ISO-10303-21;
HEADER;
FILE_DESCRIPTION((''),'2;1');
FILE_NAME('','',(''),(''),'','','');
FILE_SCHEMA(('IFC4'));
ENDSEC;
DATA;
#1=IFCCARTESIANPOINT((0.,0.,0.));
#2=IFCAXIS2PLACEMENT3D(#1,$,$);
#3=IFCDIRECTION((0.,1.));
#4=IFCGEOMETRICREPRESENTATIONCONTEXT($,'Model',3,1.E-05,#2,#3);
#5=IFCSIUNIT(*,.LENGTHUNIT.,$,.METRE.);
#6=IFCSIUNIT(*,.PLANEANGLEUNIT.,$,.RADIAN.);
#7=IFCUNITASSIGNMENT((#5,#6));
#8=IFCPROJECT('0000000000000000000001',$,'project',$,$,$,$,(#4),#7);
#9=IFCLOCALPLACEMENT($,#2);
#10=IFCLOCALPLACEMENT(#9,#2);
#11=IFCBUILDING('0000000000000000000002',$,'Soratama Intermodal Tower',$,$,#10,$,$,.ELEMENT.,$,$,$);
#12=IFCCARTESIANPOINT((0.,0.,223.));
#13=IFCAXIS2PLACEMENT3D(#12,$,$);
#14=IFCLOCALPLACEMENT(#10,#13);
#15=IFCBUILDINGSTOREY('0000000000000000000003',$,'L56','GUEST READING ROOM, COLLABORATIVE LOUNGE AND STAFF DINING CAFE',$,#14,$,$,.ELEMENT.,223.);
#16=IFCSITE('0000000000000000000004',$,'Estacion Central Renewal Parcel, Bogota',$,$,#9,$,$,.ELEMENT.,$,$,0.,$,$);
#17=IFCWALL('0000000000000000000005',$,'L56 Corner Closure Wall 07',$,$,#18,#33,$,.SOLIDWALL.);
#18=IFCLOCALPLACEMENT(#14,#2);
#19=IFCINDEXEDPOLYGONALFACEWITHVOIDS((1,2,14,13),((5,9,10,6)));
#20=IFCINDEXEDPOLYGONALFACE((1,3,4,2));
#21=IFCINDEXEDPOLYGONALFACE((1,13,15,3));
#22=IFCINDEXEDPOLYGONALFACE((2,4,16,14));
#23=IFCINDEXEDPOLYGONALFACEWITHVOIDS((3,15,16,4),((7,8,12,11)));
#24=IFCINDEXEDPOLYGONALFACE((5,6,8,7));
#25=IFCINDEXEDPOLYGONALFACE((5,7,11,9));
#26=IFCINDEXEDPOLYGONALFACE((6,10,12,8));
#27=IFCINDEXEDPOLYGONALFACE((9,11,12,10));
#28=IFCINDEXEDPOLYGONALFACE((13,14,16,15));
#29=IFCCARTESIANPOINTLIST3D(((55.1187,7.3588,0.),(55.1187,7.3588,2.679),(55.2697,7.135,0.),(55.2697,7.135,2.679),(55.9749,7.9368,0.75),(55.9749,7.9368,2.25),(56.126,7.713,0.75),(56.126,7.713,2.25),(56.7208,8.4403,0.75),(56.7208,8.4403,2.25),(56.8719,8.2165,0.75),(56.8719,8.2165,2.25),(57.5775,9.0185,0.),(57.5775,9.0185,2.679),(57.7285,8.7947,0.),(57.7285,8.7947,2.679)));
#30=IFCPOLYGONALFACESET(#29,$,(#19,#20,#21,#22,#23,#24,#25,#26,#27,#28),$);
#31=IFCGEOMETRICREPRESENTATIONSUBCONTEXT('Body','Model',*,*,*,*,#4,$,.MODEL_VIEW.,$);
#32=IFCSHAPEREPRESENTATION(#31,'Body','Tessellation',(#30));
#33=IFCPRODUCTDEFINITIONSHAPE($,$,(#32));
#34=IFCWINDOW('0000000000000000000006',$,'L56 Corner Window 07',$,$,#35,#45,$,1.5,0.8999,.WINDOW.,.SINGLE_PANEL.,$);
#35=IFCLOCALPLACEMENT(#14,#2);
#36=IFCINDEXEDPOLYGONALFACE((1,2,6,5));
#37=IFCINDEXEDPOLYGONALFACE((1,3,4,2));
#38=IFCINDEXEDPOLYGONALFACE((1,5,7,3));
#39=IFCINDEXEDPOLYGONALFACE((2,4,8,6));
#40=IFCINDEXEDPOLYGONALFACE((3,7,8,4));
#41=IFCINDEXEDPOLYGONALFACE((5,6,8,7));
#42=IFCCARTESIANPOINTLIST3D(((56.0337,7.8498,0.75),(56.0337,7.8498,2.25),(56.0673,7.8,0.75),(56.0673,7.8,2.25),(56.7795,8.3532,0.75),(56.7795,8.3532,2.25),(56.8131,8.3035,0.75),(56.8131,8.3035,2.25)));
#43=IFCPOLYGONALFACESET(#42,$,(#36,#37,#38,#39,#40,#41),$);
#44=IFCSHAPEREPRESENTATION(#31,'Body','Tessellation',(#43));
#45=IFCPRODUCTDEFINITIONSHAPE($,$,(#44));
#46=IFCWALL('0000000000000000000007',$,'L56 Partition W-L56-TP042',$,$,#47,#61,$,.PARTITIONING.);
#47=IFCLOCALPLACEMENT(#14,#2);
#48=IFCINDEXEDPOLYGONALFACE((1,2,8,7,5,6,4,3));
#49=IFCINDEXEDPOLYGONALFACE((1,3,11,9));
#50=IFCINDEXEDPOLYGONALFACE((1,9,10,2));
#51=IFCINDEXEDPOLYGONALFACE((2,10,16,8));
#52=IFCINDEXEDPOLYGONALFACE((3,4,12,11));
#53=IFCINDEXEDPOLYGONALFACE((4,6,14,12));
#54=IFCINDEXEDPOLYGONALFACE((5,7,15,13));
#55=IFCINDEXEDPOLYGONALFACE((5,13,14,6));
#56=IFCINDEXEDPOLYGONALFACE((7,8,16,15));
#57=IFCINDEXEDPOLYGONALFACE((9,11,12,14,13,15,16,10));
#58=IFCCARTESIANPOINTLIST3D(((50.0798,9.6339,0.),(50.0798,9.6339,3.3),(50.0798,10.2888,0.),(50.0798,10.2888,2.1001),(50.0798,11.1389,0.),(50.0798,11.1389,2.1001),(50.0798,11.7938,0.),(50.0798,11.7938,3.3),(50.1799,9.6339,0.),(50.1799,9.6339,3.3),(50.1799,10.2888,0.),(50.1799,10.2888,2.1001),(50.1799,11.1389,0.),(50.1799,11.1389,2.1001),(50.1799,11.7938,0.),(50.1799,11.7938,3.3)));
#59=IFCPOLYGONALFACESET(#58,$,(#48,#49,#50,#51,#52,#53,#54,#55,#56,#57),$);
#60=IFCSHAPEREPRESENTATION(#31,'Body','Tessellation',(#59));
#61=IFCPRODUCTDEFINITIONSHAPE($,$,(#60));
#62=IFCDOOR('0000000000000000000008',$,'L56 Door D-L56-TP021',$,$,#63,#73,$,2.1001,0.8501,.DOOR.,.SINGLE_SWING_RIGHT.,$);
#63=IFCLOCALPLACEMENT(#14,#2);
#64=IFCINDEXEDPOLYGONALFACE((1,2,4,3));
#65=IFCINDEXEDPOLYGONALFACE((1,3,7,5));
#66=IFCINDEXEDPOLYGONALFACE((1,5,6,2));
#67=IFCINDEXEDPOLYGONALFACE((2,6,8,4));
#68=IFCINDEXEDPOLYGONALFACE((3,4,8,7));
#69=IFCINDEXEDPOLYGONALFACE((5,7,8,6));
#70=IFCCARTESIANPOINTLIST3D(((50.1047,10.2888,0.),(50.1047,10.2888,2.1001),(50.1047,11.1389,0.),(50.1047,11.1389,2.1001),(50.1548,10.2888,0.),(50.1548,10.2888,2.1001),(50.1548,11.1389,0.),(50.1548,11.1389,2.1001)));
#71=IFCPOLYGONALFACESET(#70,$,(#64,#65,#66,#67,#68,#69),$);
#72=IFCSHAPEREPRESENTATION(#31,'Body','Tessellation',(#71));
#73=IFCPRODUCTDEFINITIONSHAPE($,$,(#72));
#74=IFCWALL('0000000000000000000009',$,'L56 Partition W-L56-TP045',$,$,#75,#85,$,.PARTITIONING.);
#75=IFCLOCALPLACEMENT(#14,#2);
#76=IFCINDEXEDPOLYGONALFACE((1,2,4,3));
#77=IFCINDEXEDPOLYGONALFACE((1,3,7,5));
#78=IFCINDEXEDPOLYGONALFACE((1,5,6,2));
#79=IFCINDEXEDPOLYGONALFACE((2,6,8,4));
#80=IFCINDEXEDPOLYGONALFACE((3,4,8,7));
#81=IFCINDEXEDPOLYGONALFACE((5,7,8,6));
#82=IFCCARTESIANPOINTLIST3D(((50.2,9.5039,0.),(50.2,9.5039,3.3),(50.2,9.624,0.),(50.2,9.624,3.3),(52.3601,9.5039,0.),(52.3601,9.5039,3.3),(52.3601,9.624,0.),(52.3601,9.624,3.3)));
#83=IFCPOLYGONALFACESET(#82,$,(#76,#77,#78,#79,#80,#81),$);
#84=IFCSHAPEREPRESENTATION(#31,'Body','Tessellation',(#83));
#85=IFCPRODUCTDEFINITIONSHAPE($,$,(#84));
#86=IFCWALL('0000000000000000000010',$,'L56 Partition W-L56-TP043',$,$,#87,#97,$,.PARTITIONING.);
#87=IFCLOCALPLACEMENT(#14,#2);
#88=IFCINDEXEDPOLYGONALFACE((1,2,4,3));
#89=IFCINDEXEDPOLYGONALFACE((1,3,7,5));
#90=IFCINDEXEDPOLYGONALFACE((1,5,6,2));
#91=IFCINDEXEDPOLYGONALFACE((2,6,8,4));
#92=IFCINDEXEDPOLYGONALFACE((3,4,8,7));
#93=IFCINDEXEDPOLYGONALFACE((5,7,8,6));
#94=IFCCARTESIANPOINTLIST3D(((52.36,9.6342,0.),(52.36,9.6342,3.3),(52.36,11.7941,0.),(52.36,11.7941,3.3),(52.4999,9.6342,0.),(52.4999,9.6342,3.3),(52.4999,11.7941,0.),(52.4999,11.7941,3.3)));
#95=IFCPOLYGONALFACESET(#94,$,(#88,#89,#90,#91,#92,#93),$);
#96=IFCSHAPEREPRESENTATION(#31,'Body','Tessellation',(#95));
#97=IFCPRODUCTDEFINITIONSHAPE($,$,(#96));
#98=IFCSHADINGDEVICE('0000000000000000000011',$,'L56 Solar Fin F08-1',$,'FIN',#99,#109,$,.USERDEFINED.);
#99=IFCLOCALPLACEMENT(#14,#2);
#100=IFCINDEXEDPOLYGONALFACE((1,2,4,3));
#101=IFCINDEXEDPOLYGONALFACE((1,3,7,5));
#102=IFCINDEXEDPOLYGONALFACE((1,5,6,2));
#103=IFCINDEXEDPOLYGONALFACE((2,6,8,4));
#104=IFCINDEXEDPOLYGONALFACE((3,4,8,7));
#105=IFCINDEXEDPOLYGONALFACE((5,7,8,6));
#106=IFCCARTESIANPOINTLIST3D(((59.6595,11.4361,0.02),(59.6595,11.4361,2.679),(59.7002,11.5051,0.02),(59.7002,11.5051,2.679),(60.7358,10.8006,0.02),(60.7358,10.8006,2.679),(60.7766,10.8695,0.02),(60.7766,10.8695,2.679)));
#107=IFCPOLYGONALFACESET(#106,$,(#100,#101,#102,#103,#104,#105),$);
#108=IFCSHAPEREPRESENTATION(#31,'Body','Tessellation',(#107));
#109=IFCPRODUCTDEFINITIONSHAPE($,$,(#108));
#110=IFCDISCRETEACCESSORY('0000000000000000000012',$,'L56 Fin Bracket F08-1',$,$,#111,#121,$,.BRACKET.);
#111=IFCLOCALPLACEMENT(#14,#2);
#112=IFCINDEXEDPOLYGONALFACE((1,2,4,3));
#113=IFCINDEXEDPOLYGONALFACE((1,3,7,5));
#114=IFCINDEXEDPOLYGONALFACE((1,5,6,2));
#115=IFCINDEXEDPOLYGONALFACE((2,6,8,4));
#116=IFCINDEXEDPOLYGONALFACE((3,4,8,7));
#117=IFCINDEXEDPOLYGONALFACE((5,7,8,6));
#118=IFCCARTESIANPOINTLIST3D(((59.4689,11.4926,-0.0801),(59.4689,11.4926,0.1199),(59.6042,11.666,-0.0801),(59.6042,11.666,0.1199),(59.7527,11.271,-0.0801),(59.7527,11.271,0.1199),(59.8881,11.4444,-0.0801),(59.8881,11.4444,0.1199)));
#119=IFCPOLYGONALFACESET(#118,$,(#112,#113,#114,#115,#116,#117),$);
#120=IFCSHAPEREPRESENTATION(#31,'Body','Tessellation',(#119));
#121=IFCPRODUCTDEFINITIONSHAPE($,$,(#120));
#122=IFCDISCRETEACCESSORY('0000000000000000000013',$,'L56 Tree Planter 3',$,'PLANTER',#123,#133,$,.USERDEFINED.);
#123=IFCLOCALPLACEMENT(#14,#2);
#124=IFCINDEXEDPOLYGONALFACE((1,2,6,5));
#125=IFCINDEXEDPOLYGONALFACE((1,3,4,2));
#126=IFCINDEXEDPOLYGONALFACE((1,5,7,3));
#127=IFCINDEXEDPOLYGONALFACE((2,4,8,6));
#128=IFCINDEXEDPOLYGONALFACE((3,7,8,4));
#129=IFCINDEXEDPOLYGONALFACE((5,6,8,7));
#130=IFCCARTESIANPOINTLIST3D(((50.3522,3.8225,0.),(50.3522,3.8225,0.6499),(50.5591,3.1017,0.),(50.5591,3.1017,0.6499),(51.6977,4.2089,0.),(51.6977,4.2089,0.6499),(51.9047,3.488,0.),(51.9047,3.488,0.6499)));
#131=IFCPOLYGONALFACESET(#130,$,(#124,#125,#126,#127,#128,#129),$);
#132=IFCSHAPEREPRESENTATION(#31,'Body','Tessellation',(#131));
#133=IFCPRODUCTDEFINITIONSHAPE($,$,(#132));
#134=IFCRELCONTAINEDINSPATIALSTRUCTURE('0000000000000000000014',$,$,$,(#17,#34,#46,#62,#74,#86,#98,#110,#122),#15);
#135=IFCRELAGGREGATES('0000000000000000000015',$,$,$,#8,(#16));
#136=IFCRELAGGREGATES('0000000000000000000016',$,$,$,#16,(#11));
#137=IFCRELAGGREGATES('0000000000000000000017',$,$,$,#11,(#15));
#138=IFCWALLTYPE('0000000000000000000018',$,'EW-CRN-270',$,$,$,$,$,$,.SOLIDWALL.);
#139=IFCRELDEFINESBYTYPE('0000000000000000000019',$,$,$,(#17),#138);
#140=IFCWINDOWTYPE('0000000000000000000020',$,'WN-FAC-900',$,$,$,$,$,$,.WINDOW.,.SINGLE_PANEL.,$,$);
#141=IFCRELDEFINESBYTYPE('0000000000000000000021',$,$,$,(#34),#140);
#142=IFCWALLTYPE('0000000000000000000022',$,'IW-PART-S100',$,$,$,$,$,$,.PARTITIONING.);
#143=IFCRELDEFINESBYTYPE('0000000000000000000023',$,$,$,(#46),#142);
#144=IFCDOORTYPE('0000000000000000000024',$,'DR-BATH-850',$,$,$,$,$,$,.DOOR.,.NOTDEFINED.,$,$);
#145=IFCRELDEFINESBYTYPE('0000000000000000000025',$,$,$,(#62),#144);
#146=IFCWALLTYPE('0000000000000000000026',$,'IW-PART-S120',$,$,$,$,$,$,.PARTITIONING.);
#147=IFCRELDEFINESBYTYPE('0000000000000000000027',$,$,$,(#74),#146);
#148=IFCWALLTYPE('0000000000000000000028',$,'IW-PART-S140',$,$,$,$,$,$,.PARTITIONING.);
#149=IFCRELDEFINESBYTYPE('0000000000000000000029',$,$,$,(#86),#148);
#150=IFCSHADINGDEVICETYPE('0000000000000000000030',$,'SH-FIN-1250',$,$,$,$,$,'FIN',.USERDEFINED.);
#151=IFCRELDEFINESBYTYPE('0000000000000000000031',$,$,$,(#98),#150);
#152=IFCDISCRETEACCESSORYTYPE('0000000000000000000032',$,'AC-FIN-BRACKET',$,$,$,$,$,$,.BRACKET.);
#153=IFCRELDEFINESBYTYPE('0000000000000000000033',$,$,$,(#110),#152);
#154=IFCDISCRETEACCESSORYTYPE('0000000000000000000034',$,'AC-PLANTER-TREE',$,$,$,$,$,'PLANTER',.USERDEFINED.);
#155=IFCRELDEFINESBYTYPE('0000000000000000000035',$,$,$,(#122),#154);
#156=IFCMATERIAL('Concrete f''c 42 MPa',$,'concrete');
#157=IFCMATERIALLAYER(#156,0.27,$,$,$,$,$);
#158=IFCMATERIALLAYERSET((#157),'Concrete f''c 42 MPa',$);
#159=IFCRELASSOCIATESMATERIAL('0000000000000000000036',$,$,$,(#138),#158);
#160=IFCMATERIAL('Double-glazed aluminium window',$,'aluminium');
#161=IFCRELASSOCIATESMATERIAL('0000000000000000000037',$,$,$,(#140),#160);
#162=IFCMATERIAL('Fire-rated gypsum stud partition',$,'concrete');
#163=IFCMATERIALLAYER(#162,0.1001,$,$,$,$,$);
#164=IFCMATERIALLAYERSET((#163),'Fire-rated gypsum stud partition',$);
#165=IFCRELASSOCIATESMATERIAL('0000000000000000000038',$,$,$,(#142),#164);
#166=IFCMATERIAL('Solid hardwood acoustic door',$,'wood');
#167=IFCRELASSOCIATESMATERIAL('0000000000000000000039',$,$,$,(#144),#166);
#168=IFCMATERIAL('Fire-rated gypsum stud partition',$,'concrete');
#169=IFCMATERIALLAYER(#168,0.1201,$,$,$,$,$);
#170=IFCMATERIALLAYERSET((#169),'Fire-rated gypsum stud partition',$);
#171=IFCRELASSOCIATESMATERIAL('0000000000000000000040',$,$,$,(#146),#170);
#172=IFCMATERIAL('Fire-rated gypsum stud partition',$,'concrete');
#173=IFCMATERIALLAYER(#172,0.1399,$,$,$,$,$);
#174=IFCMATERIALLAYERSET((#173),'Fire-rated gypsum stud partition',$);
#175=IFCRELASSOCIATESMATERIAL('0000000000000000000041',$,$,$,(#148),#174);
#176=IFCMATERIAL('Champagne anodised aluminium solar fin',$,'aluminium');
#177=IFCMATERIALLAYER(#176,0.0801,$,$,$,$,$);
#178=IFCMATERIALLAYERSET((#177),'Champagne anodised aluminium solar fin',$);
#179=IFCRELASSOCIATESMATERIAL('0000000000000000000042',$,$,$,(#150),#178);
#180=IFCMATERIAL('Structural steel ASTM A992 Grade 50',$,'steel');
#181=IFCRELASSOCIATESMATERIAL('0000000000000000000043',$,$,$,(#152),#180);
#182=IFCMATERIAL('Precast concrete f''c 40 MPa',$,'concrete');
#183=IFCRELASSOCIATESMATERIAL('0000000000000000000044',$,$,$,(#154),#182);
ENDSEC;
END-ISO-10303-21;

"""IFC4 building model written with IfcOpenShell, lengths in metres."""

from ifc_helpers import new_model, si_unit, direction, frame, frame_2d, origin, origin_2d, place, context, subcontext, project, spatial, rectangle, extrude, material, layer, layer_set, type_object, element, fill, save


model = new_model("IFC4")

# Units and contexts
model_context = context("Model", 3, precision=1e-05, world=origin(), true_north=direction((0.0, 1.0)))
body_context = subcontext(model_context, "Body", "Model", "MODEL_VIEW")
ifc_project = project(units=[si_unit("LENGTHUNIT", "METRE"), si_unit("PLANEANGLEUNIT", "RADIAN")], contexts=[model_context])

# Site, building, storey
site_placement = place(None, origin())
site = spatial("IfcSite", under=ifc_project, at=site_placement, Name="Estacion Central Renewal Parcel, Bogota", CompositionType="ELEMENT", RefElevation=0.0)
building_placement = place(site_placement, origin())
building = spatial("IfcBuilding", under=site, at=building_placement, Name="Soratama Intermodal Tower", CompositionType="ELEMENT")
storey_placement = place(building_placement, frame((0.0, 0.0, 223.0)))
storey = spatial("IfcBuildingStorey", under=building, at=storey_placement, Name="L56", Description="GUEST READING ROOM, COLLABORATIVE LOUNGE AND STAFF DINING CAFE", CompositionType="ELEMENT", Elevation=223.0)

# Wall, opening, window
ifc_material_1 = material(Name="Concrete f'c 42 MPa", Category="concrete")
ifc_layer_1 = layer(ifc_material_1, 0.27)
ifc_layer_set_1 = layer_set([ifc_layer_1], Name="Concrete f'c 42 MPa")
wall_type_1 = type_object("IfcWallType", Name="EW-CRN-270", PredefinedType="SOLIDWALL", material=ifc_layer_set_1)
wall_1_placement = place(storey_placement, frame((55.1941, 7.2468, 0.0), z_axis=(0.0, 0.0, 1.0), x_axis=(0.828846, 0.559477, 0.0)))
wall_1 = element("IfcWall", 1, at=wall_1_placement, inside=storey, type_object=wall_type_1, Name="L56 Corner Closure Wall 07", PredefinedType="SOLIDWALL", context=body_context, shape_type="SweptSolid", body=[
    extrude(rectangle(XDim=2.9666, YDim=0.27, at=frame_2d((1.4834, 0.0))), origin(), (0.0, 0.0, 1.0), 2.679),
])
opening_1_placement = place(wall_1_placement, frame((1.0332, 0.0, 0.75)))
opening_1 = element("IfcOpeningElement", 2, at=opening_1_placement, cuts=wall_1, PredefinedType="OPENING", context=body_context, shape_type="SweptSolid", body=[
    extrude(rectangle(XDim=0.8999, YDim=1.5, at=frame_2d((0.45, 0.75))), frame((0.0, 0.145, 0.0), z_axis=(0.0, -1.0, 0.0), x_axis=(1.0, 0.0, 0.0)), (0.0, 0.0, 1.0), 0.29),
])
ifc_material_2 = material(Name="Double-glazed aluminium window", Category="aluminium")
window_type = type_object("IfcWindowType", Name="WN-FAC-900", PartitioningType="SINGLE_PANEL", PredefinedType="WINDOW", material=ifc_material_2)
window_placement = place(opening_1_placement, origin())
window = element("IfcWindow", 3, at=window_placement, inside=storey, type_object=window_type, Name="L56 Corner Window 07", OverallHeight=1.5, OverallWidth=0.8999, PartitioningType="SINGLE_PANEL", PredefinedType="WINDOW", context=body_context, shape_type="SweptSolid", body=[
    extrude(rectangle(XDim=0.8999, YDim=1.5, at=frame_2d((0.45, 0.75))), frame((0.0, 0.03, 0.0), z_axis=(0.0, -1.0, 0.0), x_axis=(1.0, 0.0, 0.0)), (0.0, 0.0, 1.0), 0.0601),
])
fill(opening_1, window)

# Wall, opening, door
ifc_material_3 = material(Name="Fire-rated gypsum stud partition", Category="concrete")
ifc_layer_2 = layer(ifc_material_3, 0.1001)
ifc_layer_set_2 = layer_set([ifc_layer_2], Name="Fire-rated gypsum stud partition")
wall_type_2 = type_object("IfcWallType", Name="IW-PART-S100", PredefinedType="PARTITIONING", material=ifc_layer_set_2)
wall_2_placement = place(storey_placement, frame((50.1299, 11.7939, 0.0), z_axis=(0.0, 0.0, 1.0), x_axis=(0.0, -1.0, 0.0)))
wall_2 = element("IfcWall", 4, at=wall_2_placement, inside=storey, type_object=wall_type_2, Name="L56 Partition W-L56-TP042", PredefinedType="PARTITIONING", context=body_context, shape_type="SweptSolid", body=[
    extrude(rectangle(XDim=2.1599, YDim=0.1001, at=frame_2d((1.0801, 0.0))), origin(), (0.0, 0.0, 1.0), 3.3),
])
opening_2_placement = place(wall_2_placement, frame((0.655, 0.0, 0.0)))
opening_2 = element("IfcOpeningElement", 5, at=opening_2_placement, cuts=wall_2, PredefinedType="OPENING", context=body_context, shape_type="SweptSolid", body=[
    extrude(rectangle(XDim=0.8501, YDim=2.1001, at=frame_2d((0.425, 1.05))), frame((0.0, 0.0601, 0.0), z_axis=(0.0, -1.0, 0.0), x_axis=(1.0, 0.0, 0.0)), (0.0, 0.0, 1.0), 0.1201),
])
ifc_material_4 = material(Name="Solid hardwood acoustic door", Category="wood")
door_type = type_object("IfcDoorType", Name="DR-BATH-850", OperationType="NOTDEFINED", PredefinedType="DOOR", material=ifc_material_4)
door_placement = place(opening_2_placement, origin())
door = element("IfcDoor", 6, at=door_placement, inside=storey, type_object=door_type, Name="L56 Door D-L56-TP021", OperationType="SINGLE_SWING_RIGHT", OverallHeight=2.1001, OverallWidth=0.8501, PredefinedType="DOOR", context=body_context, shape_type="SweptSolid", body=[
    extrude(rectangle(XDim=0.8501, YDim=2.1001, at=frame_2d((0.425, 1.05))), frame((0.0, 0.0249, 0.0), z_axis=(0.0, -1.0, 0.0), x_axis=(1.0, 0.0, 0.0)), (0.0, 0.0, 1.0), 0.05),
])
fill(opening_2, door)

# Walls
ifc_material_5 = material(Name="Fire-rated gypsum stud partition", Category="concrete")
ifc_layer_3 = layer(ifc_material_5, 0.1201)
ifc_layer_set_3 = layer_set([ifc_layer_3], Name="Fire-rated gypsum stud partition")
wall_type_3 = type_object("IfcWallType", Name="IW-PART-S120", PredefinedType="PARTITIONING", material=ifc_layer_set_3)
wall_3_placement = place(storey_placement, frame((50.2, 9.564, 0.0), z_axis=(0.0, 0.0, 1.0), x_axis=(1.0, 0.0, 0.0)))
element("IfcWall", 7, at=wall_3_placement, inside=storey, type_object=wall_type_3, Name="L56 Partition W-L56-TP045", PredefinedType="PARTITIONING", context=body_context, shape_type="SweptSolid", body=[
    extrude(rectangle(XDim=2.1602, YDim=0.1201, at=frame_2d((1.0801, 0.0))), origin(), (0.0, 0.0, 1.0), 3.3),
])
ifc_material_6 = material(Name="Fire-rated gypsum stud partition", Category="concrete")
ifc_layer_4 = layer(ifc_material_6, 0.1399)
ifc_layer_set_4 = layer_set([ifc_layer_4], Name="Fire-rated gypsum stud partition")
wall_type_4 = type_object("IfcWallType", Name="IW-PART-S140", PredefinedType="PARTITIONING", material=ifc_layer_set_4)
wall_4_placement = place(storey_placement, frame((52.4299, 9.634, 0.0), z_axis=(0.0, 0.0, 1.0), x_axis=(0.0, 1.0, 0.0)))
element("IfcWall", 8, at=wall_4_placement, inside=storey, type_object=wall_type_4, Name="L56 Partition W-L56-TP043", PredefinedType="PARTITIONING", context=body_context, shape_type="SweptSolid", body=[
    extrude(rectangle(XDim=2.1599, YDim=0.1399, at=frame_2d((1.0801, 0.0))), origin(), (0.0, 0.0, 1.0), 3.3),
])

# Shading device
ifc_material_7 = material(Name="Champagne anodised aluminium solar fin", Category="aluminium")
ifc_layer_5 = layer(ifc_material_7, 0.0801)
ifc_layer_set_5 = layer_set([ifc_layer_5], Name="Champagne anodised aluminium solar fin")
shading_device_type = type_object("IfcShadingDeviceType", Name="SH-FIN-1250", ElementType="FIN", PredefinedType="USERDEFINED", material=ifc_layer_set_5)
shading_device_placement = place(storey_placement, frame((60.218, 11.1528, 0.02), z_axis=(0.0, 0.0, 1.0), x_axis=(0.861097, -0.50844, 0.0)))
element("IfcShadingDevice", 9, at=shading_device_placement, inside=storey, type_object=shading_device_type, Name="L56 Solar Fin F08-1", ObjectType="FIN", PredefinedType="USERDEFINED", context=body_context, shape_type="SweptSolid", body=[
    extrude(rectangle(XDim=1.25, YDim=0.0801, at=origin_2d()), origin(), (0.0, 0.0, 1.0), 2.6589),
])

# Discrete accessories
ifc_material_8 = material(Name="Structural steel ASTM A992 Grade 50", Category="steel")
discrete_accessory_type_1 = type_object("IfcDiscreteAccessoryType", Name="AC-FIN-BRACKET", PredefinedType="BRACKET", material=ifc_material_8)
discrete_accessory_1_placement = place(storey_placement, frame((59.6785, 11.4685, -0.0801), z_axis=(0.0, 0.0, 1.0), x_axis=(0.788226, -0.615386, 0.0)))
element("IfcDiscreteAccessory", 10, at=discrete_accessory_1_placement, inside=storey, type_object=discrete_accessory_type_1, Name="L56 Fin Bracket F08-1", PredefinedType="BRACKET", context=body_context, shape_type="SweptSolid", body=[
    extrude(rectangle(XDim=0.3601, YDim=0.22, at=origin_2d()), origin(), (0.0, 0.0, 1.0), 0.2),
])
ifc_material_9 = material(Name="Precast concrete f'c 40 MPa", Category="concrete")
discrete_accessory_type_2 = type_object("IfcDiscreteAccessoryType", Name="AC-PLANTER-TREE", ElementType="PLANTER", PredefinedType="USERDEFINED", material=ifc_material_9)
discrete_accessory_2_placement = place(storey_placement, frame((51.1284, 3.6553, 0.0), z_axis=(0.0, 0.0, 1.0), x_axis=(0.275973, -0.961165, 0.0)))
element("IfcDiscreteAccessory", 11, at=discrete_accessory_2_placement, inside=storey, type_object=discrete_accessory_type_2, Name="L56 Tree Planter 3", ObjectType="PLANTER", PredefinedType="USERDEFINED", context=body_context, shape_type="SweptSolid", body=[
    extrude(rectangle(XDim=0.75, YDim=1.3999, at=origin_2d()), origin(), (0.0, 0.0, 1.0), 0.6499),
])

save(model, "model.ifc")
